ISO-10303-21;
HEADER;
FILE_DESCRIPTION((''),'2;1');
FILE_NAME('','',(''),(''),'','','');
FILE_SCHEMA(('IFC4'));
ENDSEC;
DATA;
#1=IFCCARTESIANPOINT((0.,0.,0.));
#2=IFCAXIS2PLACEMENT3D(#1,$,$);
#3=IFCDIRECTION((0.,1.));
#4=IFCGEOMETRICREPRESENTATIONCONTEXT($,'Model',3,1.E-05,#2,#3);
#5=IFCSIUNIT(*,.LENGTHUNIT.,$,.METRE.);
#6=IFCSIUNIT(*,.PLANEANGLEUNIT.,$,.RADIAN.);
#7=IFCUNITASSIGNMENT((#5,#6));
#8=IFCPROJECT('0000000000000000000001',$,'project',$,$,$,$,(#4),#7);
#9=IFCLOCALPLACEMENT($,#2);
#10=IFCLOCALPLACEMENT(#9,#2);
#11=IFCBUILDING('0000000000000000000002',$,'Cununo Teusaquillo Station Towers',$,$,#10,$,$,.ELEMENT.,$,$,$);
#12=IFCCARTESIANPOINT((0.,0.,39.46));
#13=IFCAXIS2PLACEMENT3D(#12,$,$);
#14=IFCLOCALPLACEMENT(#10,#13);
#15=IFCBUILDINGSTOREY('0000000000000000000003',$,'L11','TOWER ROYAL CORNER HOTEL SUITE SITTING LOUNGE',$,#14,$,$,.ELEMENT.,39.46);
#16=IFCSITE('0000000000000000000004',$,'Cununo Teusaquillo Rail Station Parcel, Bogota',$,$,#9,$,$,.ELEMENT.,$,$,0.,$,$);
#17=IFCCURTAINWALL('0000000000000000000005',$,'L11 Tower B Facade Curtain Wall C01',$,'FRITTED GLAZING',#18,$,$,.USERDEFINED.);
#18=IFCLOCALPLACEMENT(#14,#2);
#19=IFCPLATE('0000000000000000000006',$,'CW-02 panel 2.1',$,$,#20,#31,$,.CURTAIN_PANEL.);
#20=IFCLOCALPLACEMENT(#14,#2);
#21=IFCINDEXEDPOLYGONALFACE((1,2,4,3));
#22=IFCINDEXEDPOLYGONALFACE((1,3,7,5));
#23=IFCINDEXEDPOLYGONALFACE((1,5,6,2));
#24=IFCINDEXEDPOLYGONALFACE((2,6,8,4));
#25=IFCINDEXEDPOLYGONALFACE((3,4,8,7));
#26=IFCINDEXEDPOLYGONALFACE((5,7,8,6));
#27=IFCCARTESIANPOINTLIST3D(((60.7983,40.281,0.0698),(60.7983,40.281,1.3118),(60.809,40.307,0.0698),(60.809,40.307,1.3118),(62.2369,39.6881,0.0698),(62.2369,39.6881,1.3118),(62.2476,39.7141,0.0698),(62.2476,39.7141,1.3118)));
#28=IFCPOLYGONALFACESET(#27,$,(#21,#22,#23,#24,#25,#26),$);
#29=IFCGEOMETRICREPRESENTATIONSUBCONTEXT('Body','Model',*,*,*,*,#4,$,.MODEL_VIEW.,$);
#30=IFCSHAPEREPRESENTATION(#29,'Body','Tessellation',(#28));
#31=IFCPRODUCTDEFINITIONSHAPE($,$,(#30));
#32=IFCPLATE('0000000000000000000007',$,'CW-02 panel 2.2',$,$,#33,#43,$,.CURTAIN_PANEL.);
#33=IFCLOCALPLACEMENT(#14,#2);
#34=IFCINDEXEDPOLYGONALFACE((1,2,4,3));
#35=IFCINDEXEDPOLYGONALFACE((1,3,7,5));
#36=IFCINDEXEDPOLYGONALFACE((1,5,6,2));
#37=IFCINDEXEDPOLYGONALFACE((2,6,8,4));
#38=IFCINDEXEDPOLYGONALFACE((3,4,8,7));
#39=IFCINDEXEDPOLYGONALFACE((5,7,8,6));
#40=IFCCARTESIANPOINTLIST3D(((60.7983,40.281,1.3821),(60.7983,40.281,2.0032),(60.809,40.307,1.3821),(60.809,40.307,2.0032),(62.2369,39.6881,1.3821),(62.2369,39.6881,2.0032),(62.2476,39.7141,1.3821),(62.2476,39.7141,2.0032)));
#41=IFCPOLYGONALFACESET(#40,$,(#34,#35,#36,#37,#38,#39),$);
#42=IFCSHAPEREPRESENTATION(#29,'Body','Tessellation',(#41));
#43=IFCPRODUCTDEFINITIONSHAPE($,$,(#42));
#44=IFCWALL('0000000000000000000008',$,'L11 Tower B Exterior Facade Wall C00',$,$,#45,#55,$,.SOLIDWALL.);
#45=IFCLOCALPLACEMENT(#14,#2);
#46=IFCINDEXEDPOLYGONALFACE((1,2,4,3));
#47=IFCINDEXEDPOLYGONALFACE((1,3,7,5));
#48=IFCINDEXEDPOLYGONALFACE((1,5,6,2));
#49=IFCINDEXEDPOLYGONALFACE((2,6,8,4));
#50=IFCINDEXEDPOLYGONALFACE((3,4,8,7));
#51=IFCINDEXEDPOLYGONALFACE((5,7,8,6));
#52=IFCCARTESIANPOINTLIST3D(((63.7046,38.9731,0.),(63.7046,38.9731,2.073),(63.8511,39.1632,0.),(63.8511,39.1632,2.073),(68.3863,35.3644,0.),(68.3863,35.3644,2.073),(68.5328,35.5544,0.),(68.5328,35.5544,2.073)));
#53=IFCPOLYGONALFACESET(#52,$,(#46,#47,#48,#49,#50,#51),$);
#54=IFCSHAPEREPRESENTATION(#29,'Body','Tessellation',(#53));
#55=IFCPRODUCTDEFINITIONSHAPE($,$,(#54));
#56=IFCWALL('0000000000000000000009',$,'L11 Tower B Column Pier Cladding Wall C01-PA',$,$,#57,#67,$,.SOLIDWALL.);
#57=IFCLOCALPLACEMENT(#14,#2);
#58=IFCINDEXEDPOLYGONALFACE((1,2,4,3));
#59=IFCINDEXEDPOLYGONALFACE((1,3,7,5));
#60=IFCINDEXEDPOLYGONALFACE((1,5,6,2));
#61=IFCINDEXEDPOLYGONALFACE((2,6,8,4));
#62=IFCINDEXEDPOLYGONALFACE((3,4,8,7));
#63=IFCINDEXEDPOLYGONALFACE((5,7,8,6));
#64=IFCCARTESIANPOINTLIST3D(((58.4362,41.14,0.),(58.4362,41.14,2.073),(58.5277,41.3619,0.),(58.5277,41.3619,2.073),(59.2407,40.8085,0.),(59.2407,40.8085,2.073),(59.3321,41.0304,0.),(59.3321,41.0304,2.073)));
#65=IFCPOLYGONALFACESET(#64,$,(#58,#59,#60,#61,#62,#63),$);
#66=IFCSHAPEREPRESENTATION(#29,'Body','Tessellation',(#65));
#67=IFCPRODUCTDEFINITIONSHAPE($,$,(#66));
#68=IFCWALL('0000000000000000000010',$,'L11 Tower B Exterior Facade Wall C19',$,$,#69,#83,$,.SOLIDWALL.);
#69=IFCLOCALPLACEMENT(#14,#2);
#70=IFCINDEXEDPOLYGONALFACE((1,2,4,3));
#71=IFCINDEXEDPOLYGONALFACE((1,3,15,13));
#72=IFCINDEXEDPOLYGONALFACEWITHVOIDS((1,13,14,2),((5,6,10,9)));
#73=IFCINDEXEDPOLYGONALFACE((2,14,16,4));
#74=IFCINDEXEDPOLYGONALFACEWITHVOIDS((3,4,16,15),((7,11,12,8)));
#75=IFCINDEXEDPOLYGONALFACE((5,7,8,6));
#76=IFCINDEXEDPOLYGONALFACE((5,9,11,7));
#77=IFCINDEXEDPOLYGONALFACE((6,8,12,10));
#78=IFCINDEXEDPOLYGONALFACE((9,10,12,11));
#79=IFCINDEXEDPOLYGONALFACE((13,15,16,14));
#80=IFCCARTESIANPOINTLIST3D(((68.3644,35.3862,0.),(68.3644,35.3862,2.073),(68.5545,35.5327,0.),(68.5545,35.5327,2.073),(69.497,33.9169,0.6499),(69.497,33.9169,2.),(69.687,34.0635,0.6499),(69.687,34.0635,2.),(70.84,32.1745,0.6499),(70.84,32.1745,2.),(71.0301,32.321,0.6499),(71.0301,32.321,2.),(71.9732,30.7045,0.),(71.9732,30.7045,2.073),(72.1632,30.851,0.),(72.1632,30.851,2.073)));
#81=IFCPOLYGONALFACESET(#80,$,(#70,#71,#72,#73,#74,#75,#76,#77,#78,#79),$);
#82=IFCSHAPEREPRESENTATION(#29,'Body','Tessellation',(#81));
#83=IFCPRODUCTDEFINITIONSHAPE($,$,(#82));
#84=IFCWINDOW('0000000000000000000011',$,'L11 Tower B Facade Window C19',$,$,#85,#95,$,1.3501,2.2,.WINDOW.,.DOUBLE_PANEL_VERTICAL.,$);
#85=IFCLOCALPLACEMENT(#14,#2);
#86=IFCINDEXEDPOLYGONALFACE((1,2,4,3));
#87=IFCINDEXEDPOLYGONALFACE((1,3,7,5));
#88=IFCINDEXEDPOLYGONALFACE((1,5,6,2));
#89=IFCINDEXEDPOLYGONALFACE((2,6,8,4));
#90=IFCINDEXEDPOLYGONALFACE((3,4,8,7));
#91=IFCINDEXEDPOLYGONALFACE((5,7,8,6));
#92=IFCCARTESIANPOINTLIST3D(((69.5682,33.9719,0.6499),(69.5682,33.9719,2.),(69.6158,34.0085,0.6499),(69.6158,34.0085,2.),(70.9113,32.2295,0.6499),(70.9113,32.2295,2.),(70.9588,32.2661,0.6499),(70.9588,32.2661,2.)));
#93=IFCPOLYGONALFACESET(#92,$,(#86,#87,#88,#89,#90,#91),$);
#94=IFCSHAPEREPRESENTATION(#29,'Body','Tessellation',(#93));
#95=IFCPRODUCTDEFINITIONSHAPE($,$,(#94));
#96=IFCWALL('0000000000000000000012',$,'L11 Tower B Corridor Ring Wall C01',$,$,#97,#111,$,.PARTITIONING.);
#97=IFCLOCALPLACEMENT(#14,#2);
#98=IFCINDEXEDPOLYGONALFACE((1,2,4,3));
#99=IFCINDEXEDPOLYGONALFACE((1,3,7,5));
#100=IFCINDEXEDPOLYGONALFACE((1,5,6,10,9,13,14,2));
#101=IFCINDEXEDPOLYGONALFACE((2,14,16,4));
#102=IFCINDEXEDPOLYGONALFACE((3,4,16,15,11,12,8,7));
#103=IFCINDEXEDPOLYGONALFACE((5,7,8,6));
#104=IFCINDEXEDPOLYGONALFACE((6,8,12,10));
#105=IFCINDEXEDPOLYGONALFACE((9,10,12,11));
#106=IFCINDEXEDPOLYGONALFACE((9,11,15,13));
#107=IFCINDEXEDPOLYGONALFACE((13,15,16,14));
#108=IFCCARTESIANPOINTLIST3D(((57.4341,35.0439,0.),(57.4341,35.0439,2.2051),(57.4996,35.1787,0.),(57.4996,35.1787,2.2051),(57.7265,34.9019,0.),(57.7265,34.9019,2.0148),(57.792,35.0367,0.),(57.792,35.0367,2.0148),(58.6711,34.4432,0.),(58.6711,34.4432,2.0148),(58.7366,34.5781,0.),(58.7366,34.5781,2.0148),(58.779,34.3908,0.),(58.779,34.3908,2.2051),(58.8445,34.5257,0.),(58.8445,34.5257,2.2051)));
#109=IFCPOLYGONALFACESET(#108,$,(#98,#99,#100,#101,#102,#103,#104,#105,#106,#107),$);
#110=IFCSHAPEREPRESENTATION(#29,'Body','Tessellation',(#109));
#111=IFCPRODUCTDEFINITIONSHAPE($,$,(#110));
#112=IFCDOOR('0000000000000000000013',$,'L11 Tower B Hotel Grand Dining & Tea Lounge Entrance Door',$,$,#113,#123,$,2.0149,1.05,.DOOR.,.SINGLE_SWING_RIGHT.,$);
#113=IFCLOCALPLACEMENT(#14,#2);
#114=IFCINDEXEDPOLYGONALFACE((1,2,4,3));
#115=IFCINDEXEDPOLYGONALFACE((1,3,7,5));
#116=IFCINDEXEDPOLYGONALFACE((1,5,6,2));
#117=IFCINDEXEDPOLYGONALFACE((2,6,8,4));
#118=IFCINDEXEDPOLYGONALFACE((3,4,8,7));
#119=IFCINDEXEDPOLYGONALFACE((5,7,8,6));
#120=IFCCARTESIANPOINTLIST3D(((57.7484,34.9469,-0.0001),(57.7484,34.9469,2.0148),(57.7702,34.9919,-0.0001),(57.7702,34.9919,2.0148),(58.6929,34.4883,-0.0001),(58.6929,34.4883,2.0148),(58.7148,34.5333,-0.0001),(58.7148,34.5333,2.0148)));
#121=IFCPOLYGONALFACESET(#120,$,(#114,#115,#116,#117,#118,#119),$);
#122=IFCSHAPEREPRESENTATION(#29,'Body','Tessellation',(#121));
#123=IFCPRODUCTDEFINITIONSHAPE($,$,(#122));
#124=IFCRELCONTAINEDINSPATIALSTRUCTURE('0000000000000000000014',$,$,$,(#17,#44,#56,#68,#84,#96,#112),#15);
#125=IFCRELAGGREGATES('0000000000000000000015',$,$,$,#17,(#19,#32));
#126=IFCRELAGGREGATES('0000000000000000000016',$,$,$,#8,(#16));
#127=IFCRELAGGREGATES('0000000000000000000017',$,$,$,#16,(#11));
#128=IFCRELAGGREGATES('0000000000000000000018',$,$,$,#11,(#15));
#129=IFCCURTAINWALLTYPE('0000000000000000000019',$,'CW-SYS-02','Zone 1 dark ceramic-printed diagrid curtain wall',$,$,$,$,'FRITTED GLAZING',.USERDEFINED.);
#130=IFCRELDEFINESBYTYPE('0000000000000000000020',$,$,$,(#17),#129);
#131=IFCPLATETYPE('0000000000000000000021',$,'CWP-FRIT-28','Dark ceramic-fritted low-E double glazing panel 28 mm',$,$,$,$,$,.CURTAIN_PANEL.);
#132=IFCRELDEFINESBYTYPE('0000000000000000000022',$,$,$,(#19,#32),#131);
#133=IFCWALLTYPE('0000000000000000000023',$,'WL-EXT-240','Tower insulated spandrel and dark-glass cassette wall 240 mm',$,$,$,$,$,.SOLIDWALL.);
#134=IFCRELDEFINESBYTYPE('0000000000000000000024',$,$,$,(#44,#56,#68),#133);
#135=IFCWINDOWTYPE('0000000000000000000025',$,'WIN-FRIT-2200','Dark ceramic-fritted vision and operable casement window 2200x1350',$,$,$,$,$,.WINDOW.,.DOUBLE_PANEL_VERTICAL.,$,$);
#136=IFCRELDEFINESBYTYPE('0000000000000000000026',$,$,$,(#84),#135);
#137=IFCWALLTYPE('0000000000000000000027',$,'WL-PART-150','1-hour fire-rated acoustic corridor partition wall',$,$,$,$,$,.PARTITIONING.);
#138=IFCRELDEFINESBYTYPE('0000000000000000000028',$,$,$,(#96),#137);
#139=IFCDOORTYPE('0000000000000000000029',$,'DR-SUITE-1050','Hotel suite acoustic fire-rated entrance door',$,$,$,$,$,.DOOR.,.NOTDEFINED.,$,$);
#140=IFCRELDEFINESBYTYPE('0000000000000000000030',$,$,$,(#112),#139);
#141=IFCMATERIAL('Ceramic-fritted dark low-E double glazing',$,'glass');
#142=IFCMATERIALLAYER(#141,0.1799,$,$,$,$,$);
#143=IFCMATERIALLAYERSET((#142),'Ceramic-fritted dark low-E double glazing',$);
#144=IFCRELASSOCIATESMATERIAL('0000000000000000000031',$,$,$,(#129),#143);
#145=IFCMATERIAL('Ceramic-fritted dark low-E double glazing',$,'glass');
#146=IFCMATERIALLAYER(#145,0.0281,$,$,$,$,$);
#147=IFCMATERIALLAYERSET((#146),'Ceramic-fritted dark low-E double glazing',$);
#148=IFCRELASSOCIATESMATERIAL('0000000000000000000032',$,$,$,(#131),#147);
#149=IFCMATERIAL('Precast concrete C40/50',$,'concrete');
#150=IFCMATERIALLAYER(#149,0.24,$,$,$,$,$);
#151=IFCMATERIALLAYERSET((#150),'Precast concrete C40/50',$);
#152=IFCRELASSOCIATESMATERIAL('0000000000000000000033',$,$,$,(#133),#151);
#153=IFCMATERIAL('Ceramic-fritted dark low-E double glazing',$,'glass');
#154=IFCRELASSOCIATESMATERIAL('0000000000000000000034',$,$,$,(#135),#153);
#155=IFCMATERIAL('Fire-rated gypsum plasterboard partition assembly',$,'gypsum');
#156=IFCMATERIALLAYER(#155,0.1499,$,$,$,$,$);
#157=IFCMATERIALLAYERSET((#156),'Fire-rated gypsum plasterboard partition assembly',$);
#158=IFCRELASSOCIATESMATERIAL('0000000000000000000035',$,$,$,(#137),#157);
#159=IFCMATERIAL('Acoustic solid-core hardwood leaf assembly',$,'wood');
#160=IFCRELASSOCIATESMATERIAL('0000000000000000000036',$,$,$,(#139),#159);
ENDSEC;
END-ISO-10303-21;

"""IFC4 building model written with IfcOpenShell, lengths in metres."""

from ifc_helpers import new_model, si_unit, direction, frame, frame_2d, origin, origin_2d, place, context, subcontext, project, spatial, rectangle, extrude, source, transform, mapped, material, layer, layer_set, type_object, element, fill, aggregate, save


model = new_model("IFC4")

# Units and contexts
model_context = context("Model", 3, precision=1e-05, world=origin(), true_north=direction((0.0, 1.0)))
body_context = subcontext(model_context, "Body", "Model", "MODEL_VIEW")
ifc_project = project(units=[si_unit("LENGTHUNIT", "METRE"), si_unit("PLANEANGLEUNIT", "RADIAN")], contexts=[model_context])

# Site, building, storey
site_placement = place(None, origin())
site = spatial("IfcSite", under=ifc_project, at=site_placement, Name="Cununo Teusaquillo Rail Station Parcel, Bogota", CompositionType="ELEMENT", RefElevation=0.0)
building_placement = place(site_placement, origin())
building = spatial("IfcBuilding", under=site, at=building_placement, Name="Cununo Teusaquillo Station Towers", CompositionType="ELEMENT")
storey_placement = place(building_placement, frame((0.0, 0.0, 39.46)))
storey = spatial("IfcBuildingStorey", under=building, at=storey_placement, Name="L11", Description="TOWER ROYAL CORNER HOTEL SUITE SITTING LOUNGE", CompositionType="ELEMENT", Elevation=39.46)

# Curtain wall
ifc_material_1 = material(Name="Ceramic-fritted dark low-E double glazing", Category="glass")
ifc_layer_1 = layer(ifc_material_1, 0.1799)
ifc_layer_set_1 = layer_set([ifc_layer_1], Name="Ceramic-fritted dark low-E double glazing")
curtain_wall_type = type_object("IfcCurtainWallType", Name="CW-SYS-02", Description="Zone 1 dark ceramic-printed diagrid curtain wall", ElementType="FRITTED GLAZING", PredefinedType="USERDEFINED", material=ifc_layer_set_1)
curtain_wall_placement = place(storey_placement, origin())
curtain_wall = element("IfcCurtainWall", 1, at=curtain_wall_placement, inside=storey, type_object=curtain_wall_type, Name="L11 Tower B Facade Curtain Wall C01", ObjectType="FRITTED GLAZING", PredefinedType="USERDEFINED")

# Plates
ifc_material_2 = material(Name="Ceramic-fritted dark low-E double glazing", Category="glass")
ifc_layer_2 = layer(ifc_material_2, 0.0281)
ifc_layer_set_2 = layer_set([ifc_layer_2], Name="Ceramic-fritted dark low-E double glazing")
plate_type_1 = type_object("IfcPlateType", Name="CWP-FRIT-28", Description="Dark ceramic-fritted low-E double glazing panel 28 mm", PredefinedType="CURTAIN_PANEL", material=ifc_layer_set_2)
shared_shape_1 = source(origin(), body_context, "Body", "SweptSolid", [
    extrude(rectangle(XDim=1.5559, YDim=0.0281, at=origin_2d()), origin(), (0.0, 0.0, 1.0), 1.2419),
])
plate_1_placement = place(storey_placement, frame((61.5229, 39.9976, 0.0698), z_axis=(0.0, 0.0, 1.0), x_axis=(0.924552, -0.381055, 0.0)))
plate_1 = element("IfcPlate", 2, at=plate_1_placement, type_object=plate_type_1, Name="CW-02 panel 2.1", PredefinedType="CURTAIN_PANEL", context=body_context, shape_type="MappedRepresentation", body=[
    mapped(shared_shape_1, transform((0.0, 0.0, 0.0), x_axis=(1.0, 0.0, 0.0), y_axis=(0.0, 1.0, 0.0), z_axis=(0.0, 0.0, 1.0), scale=1.0)),
])
shared_shape_2 = source(origin(), body_context, "Body", "SweptSolid", [
    extrude(rectangle(XDim=1.5559, YDim=0.0281, at=origin_2d()), origin(), (0.0, 0.0, 1.0), 0.6211),
])
plate_2_placement = place(storey_placement, frame((61.5229, 39.9976, 1.3821), z_axis=(0.0, 0.0, 1.0), x_axis=(0.924552, -0.381055, 0.0)))
plate_2 = element("IfcPlate", 3, at=plate_2_placement, type_object=plate_type_1, Name="CW-02 panel 2.2", PredefinedType="CURTAIN_PANEL", context=body_context, shape_type="MappedRepresentation", body=[
    mapped(shared_shape_2, transform((0.0, 0.0, 0.0), x_axis=(1.0, 0.0, 0.0), y_axis=(0.0, 1.0, 0.0), z_axis=(0.0, 0.0, 1.0), scale=1.0)),
])
aggregate(curtain_wall, [plate_1, plate_2])

# Walls
ifc_material_3 = material(Name="Precast concrete C40/50", Category="concrete")
ifc_layer_3 = layer(ifc_material_3, 0.24)
ifc_layer_set_3 = layer_set([ifc_layer_3], Name="Precast concrete C40/50")
wall_type_1 = type_object("IfcWallType", Name="WL-EXT-240", Description="Tower insulated spandrel and dark-glass cassette wall 240 mm", PredefinedType="SOLIDWALL", material=ifc_layer_set_3)
wall_1_placement = place(storey_placement, frame((63.7778, 39.0681, 0.0), z_axis=(0.0, 0.0, 1.0), x_axis=(0.79202, -0.610495, 0.0)))
element("IfcWall", 4, at=wall_1_placement, inside=storey, type_object=wall_type_1, Name="L11 Tower B Exterior Facade Wall C00", PredefinedType="SOLIDWALL", context=body_context, shape_type="SweptSolid", body=[
    extrude(rectangle(XDim=5.9111, YDim=0.24, at=frame_2d((2.9556, 0.0))), origin(), (0.0, 0.0, 1.0), 2.073),
])
wall_2_placement = place(storey_placement, frame((58.4819, 41.251, 0.0), z_axis=(0.0, 0.0, 1.0), x_axis=(0.924556, -0.381046, 0.0)))
element("IfcWall", 5, at=wall_2_placement, inside=storey, type_object=wall_type_1, Name="L11 Tower B Column Pier Cladding Wall C01-PA", PredefinedType="SOLIDWALL", context=body_context, shape_type="SweptSolid", body=[
    extrude(rectangle(XDim=0.8701, YDim=0.24, at=frame_2d((0.4351, 0.0))), origin(), (0.0, 0.0, 1.0), 2.073),
])

# Wall, opening, window
wall_3_placement = place(storey_placement, frame((68.4595, 35.4595, 0.0), z_axis=(0.0, 0.0, 1.0), x_axis=(0.610495, -0.79202, 0.0)))
wall_3 = element("IfcWall", 6, at=wall_3_placement, inside=storey, type_object=wall_type_1, Name="L11 Tower B Exterior Facade Wall C19", PredefinedType="SOLIDWALL", context=body_context, shape_type="SweptSolid", body=[
    extrude(rectangle(XDim=5.9111, YDim=0.24, at=frame_2d((2.9556, 0.0))), origin(), (0.0, 0.0, 1.0), 2.073),
])
shared_shape_3 = source(origin(), body_context, "Body", "SweptSolid", [
    extrude(rectangle(XDim=2.2, YDim=1.3501, at=frame_2d((1.1001, 0.675))), frame((0.0, 0.1299, 0.0), z_axis=(0.0, -1.0, 0.0), x_axis=(1.0, 0.0, 0.0)), (0.0, 0.0, 1.0), 0.26),
])
opening_1_placement = place(wall_3_placement, frame((1.855, 0.0, 0.6499)))
opening_1 = element("IfcOpeningElement", 7, at=opening_1_placement, cuts=wall_3, PredefinedType="OPENING", context=body_context, shape_type="MappedRepresentation", body=[
    mapped(shared_shape_3, transform((0.0, 0.0, 0.0), x_axis=(1.0, 0.0, 0.0), y_axis=(0.0, 1.0, 0.0), z_axis=(0.0, 0.0, 1.0), scale=1.0)),
])
ifc_material_4 = material(Name="Ceramic-fritted dark low-E double glazing", Category="glass")
window_type = type_object("IfcWindowType", Name="WIN-FRIT-2200", Description="Dark ceramic-fritted vision and operable casement window 2200x1350", PartitioningType="DOUBLE_PANEL_VERTICAL", PredefinedType="WINDOW", material=ifc_material_4)
shared_shape_4 = source(origin(), body_context, "Body", "SweptSolid", [
    extrude(rectangle(XDim=2.2, YDim=1.3501, at=frame_2d((1.1001, 0.675))), frame((0.0, 0.03, 0.0), z_axis=(0.0, -1.0, 0.0), x_axis=(1.0, 0.0, 0.0)), (0.0, 0.0, 1.0), 0.0601),
])
window_placement = place(opening_1_placement, origin())
window = element("IfcWindow", 8, at=window_placement, inside=storey, type_object=window_type, Name="L11 Tower B Facade Window C19", OverallHeight=1.3501, OverallWidth=2.2, PartitioningType="DOUBLE_PANEL_VERTICAL", PredefinedType="WINDOW", context=body_context, shape_type="MappedRepresentation", body=[
    mapped(shared_shape_4, transform((0.0, 0.0, 0.0), x_axis=(1.0, 0.0, 0.0), y_axis=(0.0, 1.0, 0.0), z_axis=(0.0, 0.0, 1.0), scale=1.0)),
])
fill(opening_1, window)

# Wall, opening, door
ifc_material_5 = material(Name="Fire-rated gypsum plasterboard partition assembly", Category="gypsum")
ifc_layer_4 = layer(ifc_material_5, 0.1499)
ifc_layer_set_4 = layer_set([ifc_layer_4], Name="Fire-rated gypsum plasterboard partition assembly")
wall_type_2 = type_object("IfcWallType", Name="WL-PART-150", Description="1-hour fire-rated acoustic corridor partition wall", PredefinedType="PARTITIONING", material=ifc_layer_set_4)
wall_4_placement = place(storey_placement, frame((58.8118, 34.4583, 0.0), z_axis=(0.0, 0.0, 1.0), x_axis=(-0.899559, 0.436798, 0.0)))
wall_4 = element("IfcWall", 9, at=wall_4_placement, inside=storey, type_object=wall_type_2, Name="L11 Tower B Corridor Ring Wall C01", PredefinedType="PARTITIONING", context=body_context, shape_type="SweptSolid", body=[
    extrude(rectangle(XDim=1.4951, YDim=0.1499, at=frame_2d((0.7476, 0.0))), origin(), (0.0, 0.0, 1.0), 2.2051),
])
shared_shape_5 = source(origin(), body_context, "Body", "SweptSolid", [
    extrude(rectangle(XDim=1.05, YDim=2.0149, at=frame_2d((0.5249, 1.0073))), frame((0.0, 0.085, 0.0), z_axis=(0.0, -1.0, 0.0), x_axis=(1.0, 0.0, 0.0)), (0.0, 0.0, 1.0), 0.1699),
])
opening_2_placement = place(wall_4_placement, frame((0.1201, 0.0, 0.0)))
opening_2 = element("IfcOpeningElement", 10, at=opening_2_placement, cuts=wall_4, PredefinedType="OPENING", context=body_context, shape_type="MappedRepresentation", body=[
    mapped(shared_shape_5, transform((0.0, 0.0, 0.0), x_axis=(1.0, 0.0, 0.0), y_axis=(0.0, 1.0, 0.0), z_axis=(0.0, 0.0, 1.0), scale=1.0)),
])
ifc_material_6 = material(Name="Acoustic solid-core hardwood leaf assembly", Category="wood")
door_type = type_object("IfcDoorType", Name="DR-SUITE-1050", Description="Hotel suite acoustic fire-rated entrance door", OperationType="NOTDEFINED", PredefinedType="DOOR", material=ifc_material_6)
shared_shape_6 = source(origin(), body_context, "Body", "SweptSolid", [
    extrude(rectangle(XDim=1.05, YDim=2.0149, at=frame_2d((0.5249, 1.0073))), frame((0.0, 0.0249, 0.0), z_axis=(0.0, -1.0, 0.0), x_axis=(1.0, 0.0, 0.0)), (0.0, 0.0, 1.0), 0.05),
])
door_placement = place(opening_2_placement, origin())
door = element("IfcDoor", 11, at=door_placement, inside=storey, type_object=door_type, Name="L11 Tower B Hotel Grand Dining & Tea Lounge Entrance Door", OperationType="SINGLE_SWING_RIGHT", OverallHeight=2.0149, OverallWidth=1.05, PredefinedType="DOOR", context=body_context, shape_type="MappedRepresentation", body=[
    mapped(shared_shape_6, transform((0.0, 0.0, 0.0), x_axis=(1.0, 0.0, 0.0), y_axis=(0.0, 1.0, 0.0), z_axis=(0.0, 0.0, 1.0), scale=1.0)),
])
fill(opening_2, door)

save(model, "model.ifc")
